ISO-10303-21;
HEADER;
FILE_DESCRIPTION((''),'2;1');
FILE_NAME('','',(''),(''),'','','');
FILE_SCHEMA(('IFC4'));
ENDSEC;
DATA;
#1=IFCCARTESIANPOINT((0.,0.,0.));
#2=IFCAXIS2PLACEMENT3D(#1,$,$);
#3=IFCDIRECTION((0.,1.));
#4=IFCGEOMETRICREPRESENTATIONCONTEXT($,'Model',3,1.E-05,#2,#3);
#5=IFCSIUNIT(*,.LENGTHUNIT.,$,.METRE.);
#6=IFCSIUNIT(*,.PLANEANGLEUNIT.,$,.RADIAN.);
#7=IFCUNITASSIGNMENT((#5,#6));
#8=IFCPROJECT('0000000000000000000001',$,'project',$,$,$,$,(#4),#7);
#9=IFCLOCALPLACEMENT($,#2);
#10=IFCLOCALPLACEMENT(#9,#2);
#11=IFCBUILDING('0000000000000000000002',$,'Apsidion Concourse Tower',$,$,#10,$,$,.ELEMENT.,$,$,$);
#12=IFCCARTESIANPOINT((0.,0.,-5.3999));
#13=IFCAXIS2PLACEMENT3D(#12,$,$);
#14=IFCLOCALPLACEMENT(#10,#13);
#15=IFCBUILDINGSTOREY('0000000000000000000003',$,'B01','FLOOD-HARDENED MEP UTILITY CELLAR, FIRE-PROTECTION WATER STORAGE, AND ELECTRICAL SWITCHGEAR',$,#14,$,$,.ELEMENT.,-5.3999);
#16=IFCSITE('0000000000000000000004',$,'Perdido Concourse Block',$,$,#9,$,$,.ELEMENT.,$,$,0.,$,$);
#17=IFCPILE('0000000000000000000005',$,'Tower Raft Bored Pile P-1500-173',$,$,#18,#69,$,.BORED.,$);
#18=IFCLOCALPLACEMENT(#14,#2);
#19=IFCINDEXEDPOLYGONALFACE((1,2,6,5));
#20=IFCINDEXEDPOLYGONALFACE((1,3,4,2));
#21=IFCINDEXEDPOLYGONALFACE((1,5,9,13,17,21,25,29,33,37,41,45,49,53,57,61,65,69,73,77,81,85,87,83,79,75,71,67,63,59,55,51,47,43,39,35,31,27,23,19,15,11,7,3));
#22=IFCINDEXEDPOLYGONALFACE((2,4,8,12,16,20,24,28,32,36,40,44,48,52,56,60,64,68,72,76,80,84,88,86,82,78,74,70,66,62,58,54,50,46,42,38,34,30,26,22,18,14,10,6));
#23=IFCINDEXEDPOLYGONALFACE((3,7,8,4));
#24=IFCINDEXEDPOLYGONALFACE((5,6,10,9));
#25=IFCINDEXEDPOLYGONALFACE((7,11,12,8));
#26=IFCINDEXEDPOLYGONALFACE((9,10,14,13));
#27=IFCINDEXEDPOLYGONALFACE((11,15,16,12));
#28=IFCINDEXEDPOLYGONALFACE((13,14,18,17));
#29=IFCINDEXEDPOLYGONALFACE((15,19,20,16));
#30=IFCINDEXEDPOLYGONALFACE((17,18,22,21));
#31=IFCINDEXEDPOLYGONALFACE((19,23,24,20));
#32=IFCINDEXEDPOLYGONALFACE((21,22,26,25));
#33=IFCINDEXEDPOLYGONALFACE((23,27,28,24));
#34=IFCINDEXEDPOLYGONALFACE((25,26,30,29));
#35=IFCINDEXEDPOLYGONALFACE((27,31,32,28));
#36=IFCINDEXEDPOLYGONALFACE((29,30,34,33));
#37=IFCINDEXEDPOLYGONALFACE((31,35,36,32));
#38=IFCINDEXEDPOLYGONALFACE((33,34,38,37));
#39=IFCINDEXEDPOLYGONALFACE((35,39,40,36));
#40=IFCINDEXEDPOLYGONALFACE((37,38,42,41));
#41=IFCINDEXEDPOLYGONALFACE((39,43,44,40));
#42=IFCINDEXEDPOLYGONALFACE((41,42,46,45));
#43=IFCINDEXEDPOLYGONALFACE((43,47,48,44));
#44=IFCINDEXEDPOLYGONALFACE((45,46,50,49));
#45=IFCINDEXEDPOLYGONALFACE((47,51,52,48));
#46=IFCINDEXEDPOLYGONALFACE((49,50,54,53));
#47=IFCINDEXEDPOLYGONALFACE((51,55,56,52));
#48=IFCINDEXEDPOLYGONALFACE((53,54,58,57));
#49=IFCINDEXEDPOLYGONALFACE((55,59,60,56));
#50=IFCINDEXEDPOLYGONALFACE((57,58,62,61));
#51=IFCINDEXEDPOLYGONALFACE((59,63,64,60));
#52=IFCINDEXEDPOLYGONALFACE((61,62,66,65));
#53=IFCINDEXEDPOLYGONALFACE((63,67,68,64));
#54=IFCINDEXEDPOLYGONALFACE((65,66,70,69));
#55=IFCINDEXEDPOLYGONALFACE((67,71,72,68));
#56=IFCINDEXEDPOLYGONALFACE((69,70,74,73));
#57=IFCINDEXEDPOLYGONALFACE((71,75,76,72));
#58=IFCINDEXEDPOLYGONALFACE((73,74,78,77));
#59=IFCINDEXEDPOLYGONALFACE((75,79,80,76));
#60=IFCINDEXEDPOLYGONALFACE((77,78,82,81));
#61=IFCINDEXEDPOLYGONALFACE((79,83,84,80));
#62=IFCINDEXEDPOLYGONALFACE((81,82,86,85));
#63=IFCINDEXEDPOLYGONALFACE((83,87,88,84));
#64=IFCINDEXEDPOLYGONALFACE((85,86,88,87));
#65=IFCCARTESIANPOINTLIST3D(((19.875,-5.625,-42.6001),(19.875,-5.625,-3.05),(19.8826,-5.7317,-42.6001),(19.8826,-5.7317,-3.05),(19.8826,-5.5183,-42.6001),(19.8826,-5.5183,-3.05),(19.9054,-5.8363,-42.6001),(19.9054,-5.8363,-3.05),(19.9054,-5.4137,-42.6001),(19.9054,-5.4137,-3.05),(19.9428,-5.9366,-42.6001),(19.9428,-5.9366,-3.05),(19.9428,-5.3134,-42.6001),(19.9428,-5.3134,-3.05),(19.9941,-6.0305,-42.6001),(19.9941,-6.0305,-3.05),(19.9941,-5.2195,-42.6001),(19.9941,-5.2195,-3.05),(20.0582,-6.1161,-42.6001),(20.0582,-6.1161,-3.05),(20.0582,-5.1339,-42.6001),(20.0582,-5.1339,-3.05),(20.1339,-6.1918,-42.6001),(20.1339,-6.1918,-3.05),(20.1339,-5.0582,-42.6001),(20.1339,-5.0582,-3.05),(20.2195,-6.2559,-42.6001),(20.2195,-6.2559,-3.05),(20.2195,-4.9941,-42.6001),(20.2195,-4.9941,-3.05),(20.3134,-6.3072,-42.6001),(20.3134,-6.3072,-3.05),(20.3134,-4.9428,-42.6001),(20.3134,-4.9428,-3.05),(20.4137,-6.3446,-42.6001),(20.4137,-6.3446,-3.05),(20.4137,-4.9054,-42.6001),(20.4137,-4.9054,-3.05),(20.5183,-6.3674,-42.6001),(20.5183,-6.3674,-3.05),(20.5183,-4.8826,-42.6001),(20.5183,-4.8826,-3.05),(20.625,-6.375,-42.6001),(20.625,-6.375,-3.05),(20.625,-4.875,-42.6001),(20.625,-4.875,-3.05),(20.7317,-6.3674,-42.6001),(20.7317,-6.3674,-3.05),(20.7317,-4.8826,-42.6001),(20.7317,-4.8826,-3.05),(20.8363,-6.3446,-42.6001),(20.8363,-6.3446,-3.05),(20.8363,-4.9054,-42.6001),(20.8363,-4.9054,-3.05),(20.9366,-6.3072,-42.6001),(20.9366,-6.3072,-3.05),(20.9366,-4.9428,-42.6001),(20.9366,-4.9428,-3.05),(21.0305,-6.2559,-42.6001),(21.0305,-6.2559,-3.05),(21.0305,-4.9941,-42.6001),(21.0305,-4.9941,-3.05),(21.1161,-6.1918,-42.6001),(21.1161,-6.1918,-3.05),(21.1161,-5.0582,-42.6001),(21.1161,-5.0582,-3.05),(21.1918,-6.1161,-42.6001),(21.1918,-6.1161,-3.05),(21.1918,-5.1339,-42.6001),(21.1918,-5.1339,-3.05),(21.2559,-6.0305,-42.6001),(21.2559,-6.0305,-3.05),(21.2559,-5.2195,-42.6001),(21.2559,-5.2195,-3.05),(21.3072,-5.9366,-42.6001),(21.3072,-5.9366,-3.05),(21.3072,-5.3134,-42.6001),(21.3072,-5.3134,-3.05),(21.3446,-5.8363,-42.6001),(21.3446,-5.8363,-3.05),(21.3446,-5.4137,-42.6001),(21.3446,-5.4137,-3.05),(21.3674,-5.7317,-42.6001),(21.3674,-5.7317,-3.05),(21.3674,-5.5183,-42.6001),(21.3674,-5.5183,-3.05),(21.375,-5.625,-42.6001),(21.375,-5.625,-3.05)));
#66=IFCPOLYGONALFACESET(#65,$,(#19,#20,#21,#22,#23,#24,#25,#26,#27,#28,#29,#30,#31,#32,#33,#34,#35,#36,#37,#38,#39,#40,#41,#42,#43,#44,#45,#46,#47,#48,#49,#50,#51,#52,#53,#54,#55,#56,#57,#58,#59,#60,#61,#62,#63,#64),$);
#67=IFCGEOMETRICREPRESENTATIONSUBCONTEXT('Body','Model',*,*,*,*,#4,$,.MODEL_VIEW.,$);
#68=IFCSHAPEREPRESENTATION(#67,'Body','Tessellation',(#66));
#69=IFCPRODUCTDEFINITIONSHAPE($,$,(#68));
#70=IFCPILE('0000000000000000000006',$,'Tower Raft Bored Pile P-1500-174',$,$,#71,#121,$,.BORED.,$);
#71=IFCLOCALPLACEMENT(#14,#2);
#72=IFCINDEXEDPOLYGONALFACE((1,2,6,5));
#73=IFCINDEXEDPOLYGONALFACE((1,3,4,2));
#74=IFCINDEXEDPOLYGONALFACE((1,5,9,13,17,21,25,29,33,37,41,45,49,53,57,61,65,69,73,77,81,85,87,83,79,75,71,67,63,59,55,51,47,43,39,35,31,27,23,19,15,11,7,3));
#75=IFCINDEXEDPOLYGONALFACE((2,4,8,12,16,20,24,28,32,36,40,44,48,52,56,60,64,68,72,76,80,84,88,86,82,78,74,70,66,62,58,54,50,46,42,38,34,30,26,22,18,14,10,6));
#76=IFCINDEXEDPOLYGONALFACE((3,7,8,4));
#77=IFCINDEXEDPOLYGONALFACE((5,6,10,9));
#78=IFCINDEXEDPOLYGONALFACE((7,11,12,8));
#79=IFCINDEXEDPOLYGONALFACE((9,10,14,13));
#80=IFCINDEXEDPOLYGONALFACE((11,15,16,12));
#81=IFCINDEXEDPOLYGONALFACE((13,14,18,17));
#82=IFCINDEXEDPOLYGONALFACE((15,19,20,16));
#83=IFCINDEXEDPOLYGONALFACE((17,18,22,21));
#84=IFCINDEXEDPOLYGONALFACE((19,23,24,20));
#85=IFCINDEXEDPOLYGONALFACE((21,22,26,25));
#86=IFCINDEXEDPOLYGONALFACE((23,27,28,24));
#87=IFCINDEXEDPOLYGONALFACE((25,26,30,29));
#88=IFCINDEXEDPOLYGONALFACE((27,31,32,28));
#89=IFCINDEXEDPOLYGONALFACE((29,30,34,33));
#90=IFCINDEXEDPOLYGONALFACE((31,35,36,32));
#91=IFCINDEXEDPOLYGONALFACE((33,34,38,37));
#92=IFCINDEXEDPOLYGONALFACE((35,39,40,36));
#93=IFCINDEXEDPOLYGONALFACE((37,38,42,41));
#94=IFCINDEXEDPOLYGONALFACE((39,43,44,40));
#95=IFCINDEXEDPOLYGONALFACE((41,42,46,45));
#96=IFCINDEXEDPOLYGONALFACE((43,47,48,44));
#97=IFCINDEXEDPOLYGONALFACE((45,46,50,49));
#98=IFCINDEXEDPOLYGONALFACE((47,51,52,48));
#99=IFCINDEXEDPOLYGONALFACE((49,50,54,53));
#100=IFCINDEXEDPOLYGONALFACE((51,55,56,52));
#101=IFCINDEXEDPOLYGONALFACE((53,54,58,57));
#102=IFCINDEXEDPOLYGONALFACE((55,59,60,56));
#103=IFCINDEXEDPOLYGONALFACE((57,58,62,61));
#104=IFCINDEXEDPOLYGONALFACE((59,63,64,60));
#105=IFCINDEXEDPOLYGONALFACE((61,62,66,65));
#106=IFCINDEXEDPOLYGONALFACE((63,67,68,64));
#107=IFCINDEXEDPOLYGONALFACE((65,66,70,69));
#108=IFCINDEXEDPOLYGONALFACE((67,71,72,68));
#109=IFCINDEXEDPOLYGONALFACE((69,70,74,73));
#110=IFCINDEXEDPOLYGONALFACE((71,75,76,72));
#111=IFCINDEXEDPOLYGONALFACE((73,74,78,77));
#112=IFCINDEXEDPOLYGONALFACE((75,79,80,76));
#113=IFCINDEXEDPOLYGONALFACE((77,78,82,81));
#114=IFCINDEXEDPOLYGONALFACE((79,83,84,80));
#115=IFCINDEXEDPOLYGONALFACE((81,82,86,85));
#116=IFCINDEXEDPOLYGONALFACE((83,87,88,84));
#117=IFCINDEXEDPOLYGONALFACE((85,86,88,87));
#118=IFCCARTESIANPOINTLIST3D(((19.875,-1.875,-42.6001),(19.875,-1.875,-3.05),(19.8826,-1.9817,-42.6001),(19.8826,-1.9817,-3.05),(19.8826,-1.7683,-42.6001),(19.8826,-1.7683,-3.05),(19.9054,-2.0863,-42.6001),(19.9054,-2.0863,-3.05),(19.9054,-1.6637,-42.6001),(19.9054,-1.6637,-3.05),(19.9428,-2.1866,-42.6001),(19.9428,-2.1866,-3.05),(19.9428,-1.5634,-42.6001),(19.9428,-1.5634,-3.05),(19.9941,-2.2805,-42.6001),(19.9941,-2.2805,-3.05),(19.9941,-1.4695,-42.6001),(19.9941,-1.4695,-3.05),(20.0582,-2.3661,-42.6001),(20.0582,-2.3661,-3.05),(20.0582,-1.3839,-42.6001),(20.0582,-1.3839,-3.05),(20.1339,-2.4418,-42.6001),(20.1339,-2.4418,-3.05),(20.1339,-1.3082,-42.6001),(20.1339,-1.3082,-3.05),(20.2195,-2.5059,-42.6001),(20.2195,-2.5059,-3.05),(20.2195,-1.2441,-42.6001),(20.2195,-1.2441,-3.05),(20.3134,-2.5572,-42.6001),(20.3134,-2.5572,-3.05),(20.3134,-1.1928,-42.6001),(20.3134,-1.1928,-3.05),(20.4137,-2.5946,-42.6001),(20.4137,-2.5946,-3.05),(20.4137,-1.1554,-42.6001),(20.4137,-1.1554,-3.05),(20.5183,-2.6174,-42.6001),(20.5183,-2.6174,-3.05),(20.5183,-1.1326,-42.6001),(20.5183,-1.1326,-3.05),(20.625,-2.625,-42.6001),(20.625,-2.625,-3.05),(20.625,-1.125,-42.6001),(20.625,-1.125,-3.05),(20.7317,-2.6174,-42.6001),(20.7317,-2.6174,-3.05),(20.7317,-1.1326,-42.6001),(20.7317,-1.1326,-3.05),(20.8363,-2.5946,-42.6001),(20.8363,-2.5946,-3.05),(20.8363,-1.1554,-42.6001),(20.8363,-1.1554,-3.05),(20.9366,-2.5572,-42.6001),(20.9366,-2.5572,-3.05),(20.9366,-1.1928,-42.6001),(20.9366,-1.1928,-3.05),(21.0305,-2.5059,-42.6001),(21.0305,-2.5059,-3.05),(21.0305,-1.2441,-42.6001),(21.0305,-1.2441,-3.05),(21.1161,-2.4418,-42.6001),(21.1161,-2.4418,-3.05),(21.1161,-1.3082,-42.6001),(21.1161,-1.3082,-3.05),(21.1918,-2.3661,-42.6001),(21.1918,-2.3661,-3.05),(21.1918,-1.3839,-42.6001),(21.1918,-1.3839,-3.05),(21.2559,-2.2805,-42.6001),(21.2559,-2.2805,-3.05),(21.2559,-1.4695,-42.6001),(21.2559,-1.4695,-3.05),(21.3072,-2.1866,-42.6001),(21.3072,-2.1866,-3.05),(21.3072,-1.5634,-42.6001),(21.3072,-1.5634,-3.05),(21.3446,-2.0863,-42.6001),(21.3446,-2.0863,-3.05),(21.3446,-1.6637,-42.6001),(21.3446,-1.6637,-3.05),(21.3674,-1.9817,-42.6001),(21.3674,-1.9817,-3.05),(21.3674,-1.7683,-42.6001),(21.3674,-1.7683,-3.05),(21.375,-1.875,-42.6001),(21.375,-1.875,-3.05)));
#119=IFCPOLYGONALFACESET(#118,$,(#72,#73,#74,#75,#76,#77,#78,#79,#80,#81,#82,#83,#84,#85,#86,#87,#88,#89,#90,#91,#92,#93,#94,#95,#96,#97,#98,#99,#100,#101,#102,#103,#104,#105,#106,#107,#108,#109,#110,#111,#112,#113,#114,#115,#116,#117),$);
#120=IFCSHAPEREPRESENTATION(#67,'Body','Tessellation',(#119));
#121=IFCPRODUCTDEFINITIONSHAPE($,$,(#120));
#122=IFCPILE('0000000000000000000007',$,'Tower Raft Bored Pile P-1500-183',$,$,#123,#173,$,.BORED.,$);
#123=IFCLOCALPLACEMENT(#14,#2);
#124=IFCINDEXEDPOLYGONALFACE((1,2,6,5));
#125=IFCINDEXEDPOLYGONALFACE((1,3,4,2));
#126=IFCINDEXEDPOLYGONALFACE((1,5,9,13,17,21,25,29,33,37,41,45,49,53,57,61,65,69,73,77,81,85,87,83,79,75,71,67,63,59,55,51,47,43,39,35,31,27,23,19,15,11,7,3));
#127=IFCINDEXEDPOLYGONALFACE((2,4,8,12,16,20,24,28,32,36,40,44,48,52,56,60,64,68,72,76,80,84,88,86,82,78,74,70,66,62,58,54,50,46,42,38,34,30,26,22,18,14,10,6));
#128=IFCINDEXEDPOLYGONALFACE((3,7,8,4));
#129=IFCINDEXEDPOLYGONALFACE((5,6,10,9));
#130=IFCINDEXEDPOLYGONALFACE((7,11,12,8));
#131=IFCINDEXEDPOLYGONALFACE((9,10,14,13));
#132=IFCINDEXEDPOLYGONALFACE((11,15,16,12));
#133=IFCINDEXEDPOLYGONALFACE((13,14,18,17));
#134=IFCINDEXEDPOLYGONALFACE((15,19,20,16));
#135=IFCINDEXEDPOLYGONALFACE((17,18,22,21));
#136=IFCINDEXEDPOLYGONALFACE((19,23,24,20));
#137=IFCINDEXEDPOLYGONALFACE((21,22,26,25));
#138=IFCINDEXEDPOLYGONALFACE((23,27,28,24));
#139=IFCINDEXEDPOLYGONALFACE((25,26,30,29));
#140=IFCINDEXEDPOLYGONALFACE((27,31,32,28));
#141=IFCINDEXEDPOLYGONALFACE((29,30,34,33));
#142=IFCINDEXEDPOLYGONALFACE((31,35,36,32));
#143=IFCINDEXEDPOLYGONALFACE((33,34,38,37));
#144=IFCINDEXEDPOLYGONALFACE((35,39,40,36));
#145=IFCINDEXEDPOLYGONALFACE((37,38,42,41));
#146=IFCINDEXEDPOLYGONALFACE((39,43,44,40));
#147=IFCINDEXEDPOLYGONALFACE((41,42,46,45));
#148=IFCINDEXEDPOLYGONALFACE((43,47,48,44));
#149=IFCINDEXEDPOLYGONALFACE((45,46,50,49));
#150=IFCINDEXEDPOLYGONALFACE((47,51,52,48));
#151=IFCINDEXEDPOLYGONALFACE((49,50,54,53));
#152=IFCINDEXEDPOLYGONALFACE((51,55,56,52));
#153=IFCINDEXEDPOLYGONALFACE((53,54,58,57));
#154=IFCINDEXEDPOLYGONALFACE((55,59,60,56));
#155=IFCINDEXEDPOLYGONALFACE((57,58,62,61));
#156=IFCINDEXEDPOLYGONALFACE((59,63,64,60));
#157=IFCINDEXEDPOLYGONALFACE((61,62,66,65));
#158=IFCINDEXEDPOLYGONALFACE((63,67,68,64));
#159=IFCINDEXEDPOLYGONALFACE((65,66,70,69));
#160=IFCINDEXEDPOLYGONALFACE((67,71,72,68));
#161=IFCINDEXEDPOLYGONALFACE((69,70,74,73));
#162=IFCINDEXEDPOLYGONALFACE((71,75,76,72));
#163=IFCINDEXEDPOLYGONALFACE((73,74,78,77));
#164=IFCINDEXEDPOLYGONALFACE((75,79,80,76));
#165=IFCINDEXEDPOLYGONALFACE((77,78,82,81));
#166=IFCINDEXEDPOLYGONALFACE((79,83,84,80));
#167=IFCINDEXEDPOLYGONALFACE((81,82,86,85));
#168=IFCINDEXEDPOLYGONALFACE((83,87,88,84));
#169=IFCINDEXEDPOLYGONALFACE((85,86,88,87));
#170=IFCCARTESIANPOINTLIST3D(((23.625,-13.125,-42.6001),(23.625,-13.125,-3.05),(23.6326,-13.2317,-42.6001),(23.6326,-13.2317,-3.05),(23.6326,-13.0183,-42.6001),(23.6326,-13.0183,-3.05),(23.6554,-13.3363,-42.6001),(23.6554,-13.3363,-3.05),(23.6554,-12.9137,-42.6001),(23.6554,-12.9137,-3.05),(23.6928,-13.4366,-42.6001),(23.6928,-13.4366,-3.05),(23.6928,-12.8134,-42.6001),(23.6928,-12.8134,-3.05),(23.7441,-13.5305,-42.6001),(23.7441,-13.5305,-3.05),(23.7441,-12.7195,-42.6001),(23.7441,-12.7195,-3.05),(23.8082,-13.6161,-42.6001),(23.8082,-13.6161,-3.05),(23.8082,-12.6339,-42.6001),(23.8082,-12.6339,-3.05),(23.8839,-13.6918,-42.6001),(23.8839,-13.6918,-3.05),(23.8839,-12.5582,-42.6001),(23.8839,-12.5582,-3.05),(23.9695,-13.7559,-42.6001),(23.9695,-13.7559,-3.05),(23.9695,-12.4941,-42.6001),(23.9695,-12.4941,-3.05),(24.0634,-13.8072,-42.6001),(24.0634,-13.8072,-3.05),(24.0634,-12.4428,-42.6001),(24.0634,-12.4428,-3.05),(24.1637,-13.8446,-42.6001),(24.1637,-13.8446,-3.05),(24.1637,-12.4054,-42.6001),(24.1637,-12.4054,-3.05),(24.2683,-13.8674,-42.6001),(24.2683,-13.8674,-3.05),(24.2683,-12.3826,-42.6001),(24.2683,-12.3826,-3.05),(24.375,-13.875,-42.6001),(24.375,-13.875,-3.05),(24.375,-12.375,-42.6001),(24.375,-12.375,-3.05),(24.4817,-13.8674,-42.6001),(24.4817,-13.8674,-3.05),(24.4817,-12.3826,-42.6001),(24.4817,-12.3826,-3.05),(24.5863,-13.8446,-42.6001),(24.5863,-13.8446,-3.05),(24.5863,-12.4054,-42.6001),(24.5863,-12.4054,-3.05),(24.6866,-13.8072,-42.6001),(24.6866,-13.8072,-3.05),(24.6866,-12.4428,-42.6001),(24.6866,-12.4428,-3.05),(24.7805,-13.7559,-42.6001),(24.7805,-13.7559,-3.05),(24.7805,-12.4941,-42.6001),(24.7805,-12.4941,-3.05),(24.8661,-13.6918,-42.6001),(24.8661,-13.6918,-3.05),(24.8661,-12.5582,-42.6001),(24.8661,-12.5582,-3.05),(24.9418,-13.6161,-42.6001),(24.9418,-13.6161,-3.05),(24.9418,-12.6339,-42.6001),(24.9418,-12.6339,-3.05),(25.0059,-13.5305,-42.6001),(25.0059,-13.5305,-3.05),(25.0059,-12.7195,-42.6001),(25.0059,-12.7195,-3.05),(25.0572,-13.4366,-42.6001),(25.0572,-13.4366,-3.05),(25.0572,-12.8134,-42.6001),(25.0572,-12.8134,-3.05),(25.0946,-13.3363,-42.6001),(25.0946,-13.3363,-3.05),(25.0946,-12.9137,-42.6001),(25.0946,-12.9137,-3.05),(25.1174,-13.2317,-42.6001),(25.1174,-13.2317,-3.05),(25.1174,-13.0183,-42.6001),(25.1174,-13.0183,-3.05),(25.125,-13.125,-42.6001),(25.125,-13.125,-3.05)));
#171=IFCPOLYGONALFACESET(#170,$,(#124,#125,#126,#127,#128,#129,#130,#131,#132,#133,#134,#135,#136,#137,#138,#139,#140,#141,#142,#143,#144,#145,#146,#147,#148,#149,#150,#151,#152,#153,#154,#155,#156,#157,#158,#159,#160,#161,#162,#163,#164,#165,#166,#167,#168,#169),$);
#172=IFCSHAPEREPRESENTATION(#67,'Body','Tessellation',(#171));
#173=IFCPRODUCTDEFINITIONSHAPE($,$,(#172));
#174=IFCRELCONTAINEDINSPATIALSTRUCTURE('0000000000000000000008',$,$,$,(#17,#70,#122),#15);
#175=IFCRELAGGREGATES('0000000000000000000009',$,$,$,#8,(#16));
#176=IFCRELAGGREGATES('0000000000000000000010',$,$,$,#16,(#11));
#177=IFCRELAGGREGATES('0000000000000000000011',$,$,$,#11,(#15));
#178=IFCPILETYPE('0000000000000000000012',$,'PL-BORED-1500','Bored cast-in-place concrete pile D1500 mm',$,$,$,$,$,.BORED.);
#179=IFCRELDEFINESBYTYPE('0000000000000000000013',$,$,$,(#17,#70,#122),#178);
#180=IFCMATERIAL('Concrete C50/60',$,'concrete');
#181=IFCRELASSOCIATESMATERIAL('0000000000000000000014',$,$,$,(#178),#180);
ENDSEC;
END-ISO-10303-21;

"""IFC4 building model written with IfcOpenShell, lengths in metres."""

from ifc_helpers import new_model, si_unit, direction, frame, origin, origin_2d, place, context, subcontext, project, spatial, circle, extrude, material, material_profile, profile_set, type_object, element, save


model = new_model("IFC4")

# Units and contexts
model_context = context("Model", 3, precision=1e-05, world=origin(), true_north=direction((0.0, 1.0)))
body_context = subcontext(model_context, "Body", "Model", "MODEL_VIEW")
ifc_project = project(units=[si_unit("LENGTHUNIT", "METRE"), si_unit("PLANEANGLEUNIT", "RADIAN")], contexts=[model_context])

# Site, building, storey
site_placement = place(None, origin())
site = spatial("IfcSite", under=ifc_project, at=site_placement, Name="Perdido Concourse Block", CompositionType="ELEMENT", RefElevation=0.0)
building_placement = place(site_placement, origin())
building = spatial("IfcBuilding", under=site, at=building_placement, Name="Apsidion Concourse Tower", CompositionType="ELEMENT")
storey_placement = place(building_placement, frame((0.0, 0.0, -5.3999)))
storey = spatial("IfcBuildingStorey", under=building, at=storey_placement, Name="B01", Description="FLOOD-HARDENED MEP UTILITY CELLAR, FIRE-PROTECTION WATER STORAGE, AND ELECTRICAL SWITCHGEAR", CompositionType="ELEMENT", Elevation=-5.3999)

# Shared definitions
ifc_material_1 = material(Name="Concrete C50/60", Category="concrete")

# Piles
ifc_material_profile_1 = material_profile(ifc_material_1, circle(Radius=0.75, at=origin_2d()), Name="BORED PILE D1500")
ifc_profile_set_1 = profile_set([ifc_material_profile_1], Name="Concrete C50/60")
pile_type_1 = type_object("IfcPileType", Name="PL-BORED-1500", Description="Bored cast-in-place concrete pile D1500 mm", PredefinedType="BORED", material=ifc_profile_set_1)
for number, where, z_axis, x_axis, name in (
    (1, (20.625, -5.625, -3.05), (0.0, 0.0, -1.0), (1.0, 0.0, 0.0), "Tower Raft Bored Pile P-1500-173"),
    (2, (20.625, -1.875, -3.05), (0.0, 0.0, -1.0), (1.0, 0.0, 0.0), "Tower Raft Bored Pile P-1500-174"),
    (3, (24.375, -13.125, -3.05), (0.0, 0.0, -1.0), (1.0, 0.0, 0.0), "Tower Raft Bored Pile P-1500-183"),
):
    element("IfcPile", number, at=place(storey_placement, frame(where, z_axis=z_axis, x_axis=x_axis)), inside=storey, type_object=pile_type_1, Name=name, PredefinedType="BORED", context=body_context, shape_type="SweptSolid", body=[
        extrude(circle(Radius=0.75, at=origin_2d()), origin(), (0.0, 0.0, 1.0), 39.55),
    ])

save(model, "model.ifc")
